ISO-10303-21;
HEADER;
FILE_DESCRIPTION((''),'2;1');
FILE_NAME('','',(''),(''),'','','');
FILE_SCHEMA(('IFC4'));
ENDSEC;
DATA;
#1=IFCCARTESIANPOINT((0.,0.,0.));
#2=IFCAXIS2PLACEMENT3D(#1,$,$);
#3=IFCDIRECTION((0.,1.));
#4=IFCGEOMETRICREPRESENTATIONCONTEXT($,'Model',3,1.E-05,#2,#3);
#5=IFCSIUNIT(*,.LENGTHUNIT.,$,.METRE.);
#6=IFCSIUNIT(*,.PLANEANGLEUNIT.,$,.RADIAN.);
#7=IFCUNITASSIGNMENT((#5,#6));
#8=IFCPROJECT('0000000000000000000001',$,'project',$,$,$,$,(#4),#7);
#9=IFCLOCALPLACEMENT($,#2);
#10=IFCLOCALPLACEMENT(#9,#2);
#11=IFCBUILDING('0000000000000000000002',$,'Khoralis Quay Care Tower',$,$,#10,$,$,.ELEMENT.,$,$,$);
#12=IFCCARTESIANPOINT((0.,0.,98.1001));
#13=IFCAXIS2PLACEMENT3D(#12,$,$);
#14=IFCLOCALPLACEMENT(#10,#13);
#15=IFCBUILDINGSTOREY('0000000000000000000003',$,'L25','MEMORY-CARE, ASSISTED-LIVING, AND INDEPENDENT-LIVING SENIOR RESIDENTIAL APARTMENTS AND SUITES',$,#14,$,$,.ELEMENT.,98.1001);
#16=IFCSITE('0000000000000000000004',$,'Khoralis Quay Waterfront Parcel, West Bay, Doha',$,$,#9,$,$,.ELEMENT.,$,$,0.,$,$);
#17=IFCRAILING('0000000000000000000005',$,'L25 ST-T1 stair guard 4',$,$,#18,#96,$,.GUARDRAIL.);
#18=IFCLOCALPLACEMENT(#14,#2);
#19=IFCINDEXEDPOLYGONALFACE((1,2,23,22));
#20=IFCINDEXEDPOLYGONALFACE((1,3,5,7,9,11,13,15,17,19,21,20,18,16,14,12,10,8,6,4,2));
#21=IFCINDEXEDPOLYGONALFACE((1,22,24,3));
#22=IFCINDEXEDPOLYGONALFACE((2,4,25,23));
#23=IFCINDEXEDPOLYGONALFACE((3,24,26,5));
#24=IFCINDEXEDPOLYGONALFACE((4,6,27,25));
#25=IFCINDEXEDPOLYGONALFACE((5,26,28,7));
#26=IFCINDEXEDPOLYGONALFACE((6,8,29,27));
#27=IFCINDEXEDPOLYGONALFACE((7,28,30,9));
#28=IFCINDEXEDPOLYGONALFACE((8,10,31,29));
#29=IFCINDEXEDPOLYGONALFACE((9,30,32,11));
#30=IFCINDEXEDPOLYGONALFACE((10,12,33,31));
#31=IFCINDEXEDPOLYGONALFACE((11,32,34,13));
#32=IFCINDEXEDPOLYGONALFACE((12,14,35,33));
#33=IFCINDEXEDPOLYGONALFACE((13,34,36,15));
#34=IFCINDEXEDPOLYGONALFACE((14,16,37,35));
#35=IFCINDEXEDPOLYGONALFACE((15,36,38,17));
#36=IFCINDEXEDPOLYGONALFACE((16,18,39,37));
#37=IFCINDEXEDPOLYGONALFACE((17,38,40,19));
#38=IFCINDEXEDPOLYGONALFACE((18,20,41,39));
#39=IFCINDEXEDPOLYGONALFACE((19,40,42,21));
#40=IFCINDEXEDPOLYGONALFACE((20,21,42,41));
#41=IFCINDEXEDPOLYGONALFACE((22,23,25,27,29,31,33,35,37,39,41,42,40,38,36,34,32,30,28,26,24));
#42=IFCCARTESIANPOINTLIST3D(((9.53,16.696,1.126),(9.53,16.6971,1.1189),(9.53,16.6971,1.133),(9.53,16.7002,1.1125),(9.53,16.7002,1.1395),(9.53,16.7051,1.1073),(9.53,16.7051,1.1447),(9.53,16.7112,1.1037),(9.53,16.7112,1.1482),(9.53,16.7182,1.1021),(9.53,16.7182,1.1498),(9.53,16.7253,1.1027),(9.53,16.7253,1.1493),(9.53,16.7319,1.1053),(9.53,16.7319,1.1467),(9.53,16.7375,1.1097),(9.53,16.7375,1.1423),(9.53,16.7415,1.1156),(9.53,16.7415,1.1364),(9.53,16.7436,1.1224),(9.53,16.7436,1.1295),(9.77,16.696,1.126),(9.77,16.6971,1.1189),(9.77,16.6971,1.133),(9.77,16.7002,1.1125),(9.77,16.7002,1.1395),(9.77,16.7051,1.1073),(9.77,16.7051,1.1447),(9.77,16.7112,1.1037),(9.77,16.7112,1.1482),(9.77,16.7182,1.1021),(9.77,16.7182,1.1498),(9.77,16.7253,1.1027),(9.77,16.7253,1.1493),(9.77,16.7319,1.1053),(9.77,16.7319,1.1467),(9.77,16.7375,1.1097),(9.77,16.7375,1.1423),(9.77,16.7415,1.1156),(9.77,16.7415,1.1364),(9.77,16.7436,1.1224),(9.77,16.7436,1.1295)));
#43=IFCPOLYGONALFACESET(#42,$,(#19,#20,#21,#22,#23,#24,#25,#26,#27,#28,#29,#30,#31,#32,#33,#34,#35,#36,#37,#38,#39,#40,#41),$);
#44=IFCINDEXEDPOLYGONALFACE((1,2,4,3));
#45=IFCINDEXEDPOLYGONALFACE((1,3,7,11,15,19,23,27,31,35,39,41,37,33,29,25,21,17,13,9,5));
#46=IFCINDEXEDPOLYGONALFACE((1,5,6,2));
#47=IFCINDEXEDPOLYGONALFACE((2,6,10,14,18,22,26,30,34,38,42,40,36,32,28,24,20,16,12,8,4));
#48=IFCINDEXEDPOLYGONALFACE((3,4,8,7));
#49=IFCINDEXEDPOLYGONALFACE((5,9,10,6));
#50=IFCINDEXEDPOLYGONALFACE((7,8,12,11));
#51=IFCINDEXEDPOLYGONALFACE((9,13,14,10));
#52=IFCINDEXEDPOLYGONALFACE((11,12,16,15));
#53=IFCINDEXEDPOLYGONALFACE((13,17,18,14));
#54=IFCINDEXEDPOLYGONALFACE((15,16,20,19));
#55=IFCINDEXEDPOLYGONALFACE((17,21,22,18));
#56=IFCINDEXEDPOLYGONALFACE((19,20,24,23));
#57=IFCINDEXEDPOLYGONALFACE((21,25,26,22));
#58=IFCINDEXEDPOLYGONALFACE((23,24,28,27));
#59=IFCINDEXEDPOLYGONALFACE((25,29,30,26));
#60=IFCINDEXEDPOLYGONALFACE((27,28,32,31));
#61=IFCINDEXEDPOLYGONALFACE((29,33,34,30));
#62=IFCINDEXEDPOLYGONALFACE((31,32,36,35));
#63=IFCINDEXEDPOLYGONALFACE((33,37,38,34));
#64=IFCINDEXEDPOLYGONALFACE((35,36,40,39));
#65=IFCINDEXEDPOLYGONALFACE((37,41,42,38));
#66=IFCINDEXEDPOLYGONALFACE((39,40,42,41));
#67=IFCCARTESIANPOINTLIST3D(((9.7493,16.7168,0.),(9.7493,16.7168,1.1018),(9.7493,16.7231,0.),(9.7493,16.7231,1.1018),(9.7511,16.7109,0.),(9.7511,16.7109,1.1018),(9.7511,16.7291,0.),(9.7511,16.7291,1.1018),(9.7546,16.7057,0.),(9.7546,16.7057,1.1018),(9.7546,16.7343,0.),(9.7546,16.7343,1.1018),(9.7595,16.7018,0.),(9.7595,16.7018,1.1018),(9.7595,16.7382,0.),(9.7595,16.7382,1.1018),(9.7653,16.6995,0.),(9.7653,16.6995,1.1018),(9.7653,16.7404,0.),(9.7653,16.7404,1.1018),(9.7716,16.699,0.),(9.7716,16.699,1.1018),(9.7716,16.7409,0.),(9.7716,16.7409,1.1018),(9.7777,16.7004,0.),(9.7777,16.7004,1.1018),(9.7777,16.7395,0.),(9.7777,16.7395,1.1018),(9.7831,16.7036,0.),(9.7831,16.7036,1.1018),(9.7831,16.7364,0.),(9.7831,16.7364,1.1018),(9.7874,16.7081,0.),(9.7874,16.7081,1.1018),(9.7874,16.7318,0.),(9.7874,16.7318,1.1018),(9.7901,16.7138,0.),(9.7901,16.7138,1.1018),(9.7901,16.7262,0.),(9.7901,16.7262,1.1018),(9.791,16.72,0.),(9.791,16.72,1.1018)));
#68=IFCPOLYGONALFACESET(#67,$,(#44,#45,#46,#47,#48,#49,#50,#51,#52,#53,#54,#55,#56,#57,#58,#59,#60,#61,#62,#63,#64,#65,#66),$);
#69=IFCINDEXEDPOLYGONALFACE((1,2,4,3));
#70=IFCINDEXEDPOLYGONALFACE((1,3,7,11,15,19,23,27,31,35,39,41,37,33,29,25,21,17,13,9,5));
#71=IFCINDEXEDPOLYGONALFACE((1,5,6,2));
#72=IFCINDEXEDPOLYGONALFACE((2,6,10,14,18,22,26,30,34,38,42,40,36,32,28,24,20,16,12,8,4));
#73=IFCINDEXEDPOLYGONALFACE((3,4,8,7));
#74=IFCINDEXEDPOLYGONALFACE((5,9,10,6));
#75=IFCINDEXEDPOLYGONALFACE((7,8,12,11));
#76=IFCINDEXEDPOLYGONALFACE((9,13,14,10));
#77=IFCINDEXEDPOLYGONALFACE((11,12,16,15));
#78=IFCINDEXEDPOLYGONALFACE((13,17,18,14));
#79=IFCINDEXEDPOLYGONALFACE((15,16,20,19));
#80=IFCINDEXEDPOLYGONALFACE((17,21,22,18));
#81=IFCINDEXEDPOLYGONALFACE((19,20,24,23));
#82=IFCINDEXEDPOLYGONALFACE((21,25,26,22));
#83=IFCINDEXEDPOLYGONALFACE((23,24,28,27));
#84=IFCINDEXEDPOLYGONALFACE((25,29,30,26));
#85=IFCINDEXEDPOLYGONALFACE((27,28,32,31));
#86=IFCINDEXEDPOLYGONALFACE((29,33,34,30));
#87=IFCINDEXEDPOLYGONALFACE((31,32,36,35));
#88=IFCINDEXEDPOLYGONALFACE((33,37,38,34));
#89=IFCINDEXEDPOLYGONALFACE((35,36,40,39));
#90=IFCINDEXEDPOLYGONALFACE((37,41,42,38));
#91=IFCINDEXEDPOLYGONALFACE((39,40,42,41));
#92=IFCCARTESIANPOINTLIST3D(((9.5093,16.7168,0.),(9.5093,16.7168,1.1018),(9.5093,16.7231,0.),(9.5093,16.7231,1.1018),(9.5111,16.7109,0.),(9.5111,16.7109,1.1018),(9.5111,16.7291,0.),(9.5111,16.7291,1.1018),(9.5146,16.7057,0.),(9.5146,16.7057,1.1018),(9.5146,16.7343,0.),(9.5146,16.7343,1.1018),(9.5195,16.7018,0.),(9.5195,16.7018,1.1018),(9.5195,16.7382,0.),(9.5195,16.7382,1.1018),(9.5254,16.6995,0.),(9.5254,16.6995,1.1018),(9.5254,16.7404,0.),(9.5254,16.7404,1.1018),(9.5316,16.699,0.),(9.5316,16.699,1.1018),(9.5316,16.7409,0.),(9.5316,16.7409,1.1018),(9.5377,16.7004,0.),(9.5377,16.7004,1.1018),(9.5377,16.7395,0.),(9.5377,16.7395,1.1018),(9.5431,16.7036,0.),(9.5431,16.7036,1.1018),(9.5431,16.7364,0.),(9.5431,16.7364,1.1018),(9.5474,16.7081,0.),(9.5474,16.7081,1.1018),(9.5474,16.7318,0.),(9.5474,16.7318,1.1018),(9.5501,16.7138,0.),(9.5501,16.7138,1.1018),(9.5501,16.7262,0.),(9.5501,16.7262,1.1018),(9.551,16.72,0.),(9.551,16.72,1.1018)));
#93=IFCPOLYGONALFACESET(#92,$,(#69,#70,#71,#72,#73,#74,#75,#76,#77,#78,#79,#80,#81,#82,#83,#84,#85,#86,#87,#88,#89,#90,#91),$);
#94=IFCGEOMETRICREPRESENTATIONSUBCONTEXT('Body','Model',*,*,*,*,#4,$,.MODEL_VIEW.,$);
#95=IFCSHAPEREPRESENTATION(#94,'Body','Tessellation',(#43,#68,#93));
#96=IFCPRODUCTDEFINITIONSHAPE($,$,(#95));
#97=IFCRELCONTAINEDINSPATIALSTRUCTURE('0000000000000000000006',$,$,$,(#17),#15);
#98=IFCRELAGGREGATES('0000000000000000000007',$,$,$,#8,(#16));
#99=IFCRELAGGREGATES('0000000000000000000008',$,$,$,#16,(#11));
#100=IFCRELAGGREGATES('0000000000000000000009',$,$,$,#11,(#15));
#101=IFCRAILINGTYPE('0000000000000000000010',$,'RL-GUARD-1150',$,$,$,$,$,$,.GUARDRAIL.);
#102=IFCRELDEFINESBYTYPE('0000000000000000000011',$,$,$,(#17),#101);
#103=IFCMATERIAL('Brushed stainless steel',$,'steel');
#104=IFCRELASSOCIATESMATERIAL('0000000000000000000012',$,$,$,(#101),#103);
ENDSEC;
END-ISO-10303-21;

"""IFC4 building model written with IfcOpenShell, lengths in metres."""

from ifc_helpers import new_model, si_unit, direction, frame, origin, origin_2d, place, context, subcontext, project, spatial, circle, extrude, material, type_object, element, save


model = new_model("IFC4")

# Units and contexts
model_context = context("Model", 3, precision=1e-05, world=origin(), true_north=direction((0.0, 1.0)))
body_context = subcontext(model_context, "Body", "Model", "MODEL_VIEW")
ifc_project = project(units=[si_unit("LENGTHUNIT", "METRE"), si_unit("PLANEANGLEUNIT", "RADIAN")], contexts=[model_context])

# Site, building, storey
site_placement = place(None, origin())
site = spatial("IfcSite", under=ifc_project, at=site_placement, Name="Khoralis Quay Waterfront Parcel, West Bay, Doha", CompositionType="ELEMENT", RefElevation=0.0)
building_placement = place(site_placement, origin())
building = spatial("IfcBuilding", under=site, at=building_placement, Name="Khoralis Quay Care Tower", CompositionType="ELEMENT")
storey_placement = place(building_placement, frame((0.0, 0.0, 98.1001)))
storey = spatial("IfcBuildingStorey", under=building, at=storey_placement, Name="L25", Description="MEMORY-CARE, ASSISTED-LIVING, AND INDEPENDENT-LIVING SENIOR RESIDENTIAL APARTMENTS AND SUITES", CompositionType="ELEMENT", Elevation=98.1001)

# Shared definitions
ifc_material_1 = material(Name="Brushed stainless steel", Category="steel")

# Railing
railing_type_1 = type_object("IfcRailingType", Name="RL-GUARD-1150", PredefinedType="GUARDRAIL", material=ifc_material_1)
railing_1_placement = place(storey_placement, frame((9.77, 16.72, 0.0)))
element("IfcRailing", 1, at=railing_1_placement, inside=storey, type_object=railing_type_1, Name="L25 ST-T1 stair guard 4", PredefinedType="GUARDRAIL", context=body_context, shape_type="SweptSolid", body=[
    extrude(circle(Radius=0.0239, at=origin_2d()), frame((0.0, 0.0, 1.126), z_axis=(-1.0, 0.0, 0.0), x_axis=(0.0, -1.0, 0.0)), (0.0, 0.0, 1.0), 0.24),
    extrude(circle(Radius=0.021, at=origin_2d()), origin(), (0.0, 0.0, 1.0), 1.1018),
    extrude(circle(Radius=0.021, at=origin_2d()), frame((-0.24, 0.0, 0.0)), (0.0, 0.0, 1.0), 1.1018),
])

save(model, "model.ifc")
